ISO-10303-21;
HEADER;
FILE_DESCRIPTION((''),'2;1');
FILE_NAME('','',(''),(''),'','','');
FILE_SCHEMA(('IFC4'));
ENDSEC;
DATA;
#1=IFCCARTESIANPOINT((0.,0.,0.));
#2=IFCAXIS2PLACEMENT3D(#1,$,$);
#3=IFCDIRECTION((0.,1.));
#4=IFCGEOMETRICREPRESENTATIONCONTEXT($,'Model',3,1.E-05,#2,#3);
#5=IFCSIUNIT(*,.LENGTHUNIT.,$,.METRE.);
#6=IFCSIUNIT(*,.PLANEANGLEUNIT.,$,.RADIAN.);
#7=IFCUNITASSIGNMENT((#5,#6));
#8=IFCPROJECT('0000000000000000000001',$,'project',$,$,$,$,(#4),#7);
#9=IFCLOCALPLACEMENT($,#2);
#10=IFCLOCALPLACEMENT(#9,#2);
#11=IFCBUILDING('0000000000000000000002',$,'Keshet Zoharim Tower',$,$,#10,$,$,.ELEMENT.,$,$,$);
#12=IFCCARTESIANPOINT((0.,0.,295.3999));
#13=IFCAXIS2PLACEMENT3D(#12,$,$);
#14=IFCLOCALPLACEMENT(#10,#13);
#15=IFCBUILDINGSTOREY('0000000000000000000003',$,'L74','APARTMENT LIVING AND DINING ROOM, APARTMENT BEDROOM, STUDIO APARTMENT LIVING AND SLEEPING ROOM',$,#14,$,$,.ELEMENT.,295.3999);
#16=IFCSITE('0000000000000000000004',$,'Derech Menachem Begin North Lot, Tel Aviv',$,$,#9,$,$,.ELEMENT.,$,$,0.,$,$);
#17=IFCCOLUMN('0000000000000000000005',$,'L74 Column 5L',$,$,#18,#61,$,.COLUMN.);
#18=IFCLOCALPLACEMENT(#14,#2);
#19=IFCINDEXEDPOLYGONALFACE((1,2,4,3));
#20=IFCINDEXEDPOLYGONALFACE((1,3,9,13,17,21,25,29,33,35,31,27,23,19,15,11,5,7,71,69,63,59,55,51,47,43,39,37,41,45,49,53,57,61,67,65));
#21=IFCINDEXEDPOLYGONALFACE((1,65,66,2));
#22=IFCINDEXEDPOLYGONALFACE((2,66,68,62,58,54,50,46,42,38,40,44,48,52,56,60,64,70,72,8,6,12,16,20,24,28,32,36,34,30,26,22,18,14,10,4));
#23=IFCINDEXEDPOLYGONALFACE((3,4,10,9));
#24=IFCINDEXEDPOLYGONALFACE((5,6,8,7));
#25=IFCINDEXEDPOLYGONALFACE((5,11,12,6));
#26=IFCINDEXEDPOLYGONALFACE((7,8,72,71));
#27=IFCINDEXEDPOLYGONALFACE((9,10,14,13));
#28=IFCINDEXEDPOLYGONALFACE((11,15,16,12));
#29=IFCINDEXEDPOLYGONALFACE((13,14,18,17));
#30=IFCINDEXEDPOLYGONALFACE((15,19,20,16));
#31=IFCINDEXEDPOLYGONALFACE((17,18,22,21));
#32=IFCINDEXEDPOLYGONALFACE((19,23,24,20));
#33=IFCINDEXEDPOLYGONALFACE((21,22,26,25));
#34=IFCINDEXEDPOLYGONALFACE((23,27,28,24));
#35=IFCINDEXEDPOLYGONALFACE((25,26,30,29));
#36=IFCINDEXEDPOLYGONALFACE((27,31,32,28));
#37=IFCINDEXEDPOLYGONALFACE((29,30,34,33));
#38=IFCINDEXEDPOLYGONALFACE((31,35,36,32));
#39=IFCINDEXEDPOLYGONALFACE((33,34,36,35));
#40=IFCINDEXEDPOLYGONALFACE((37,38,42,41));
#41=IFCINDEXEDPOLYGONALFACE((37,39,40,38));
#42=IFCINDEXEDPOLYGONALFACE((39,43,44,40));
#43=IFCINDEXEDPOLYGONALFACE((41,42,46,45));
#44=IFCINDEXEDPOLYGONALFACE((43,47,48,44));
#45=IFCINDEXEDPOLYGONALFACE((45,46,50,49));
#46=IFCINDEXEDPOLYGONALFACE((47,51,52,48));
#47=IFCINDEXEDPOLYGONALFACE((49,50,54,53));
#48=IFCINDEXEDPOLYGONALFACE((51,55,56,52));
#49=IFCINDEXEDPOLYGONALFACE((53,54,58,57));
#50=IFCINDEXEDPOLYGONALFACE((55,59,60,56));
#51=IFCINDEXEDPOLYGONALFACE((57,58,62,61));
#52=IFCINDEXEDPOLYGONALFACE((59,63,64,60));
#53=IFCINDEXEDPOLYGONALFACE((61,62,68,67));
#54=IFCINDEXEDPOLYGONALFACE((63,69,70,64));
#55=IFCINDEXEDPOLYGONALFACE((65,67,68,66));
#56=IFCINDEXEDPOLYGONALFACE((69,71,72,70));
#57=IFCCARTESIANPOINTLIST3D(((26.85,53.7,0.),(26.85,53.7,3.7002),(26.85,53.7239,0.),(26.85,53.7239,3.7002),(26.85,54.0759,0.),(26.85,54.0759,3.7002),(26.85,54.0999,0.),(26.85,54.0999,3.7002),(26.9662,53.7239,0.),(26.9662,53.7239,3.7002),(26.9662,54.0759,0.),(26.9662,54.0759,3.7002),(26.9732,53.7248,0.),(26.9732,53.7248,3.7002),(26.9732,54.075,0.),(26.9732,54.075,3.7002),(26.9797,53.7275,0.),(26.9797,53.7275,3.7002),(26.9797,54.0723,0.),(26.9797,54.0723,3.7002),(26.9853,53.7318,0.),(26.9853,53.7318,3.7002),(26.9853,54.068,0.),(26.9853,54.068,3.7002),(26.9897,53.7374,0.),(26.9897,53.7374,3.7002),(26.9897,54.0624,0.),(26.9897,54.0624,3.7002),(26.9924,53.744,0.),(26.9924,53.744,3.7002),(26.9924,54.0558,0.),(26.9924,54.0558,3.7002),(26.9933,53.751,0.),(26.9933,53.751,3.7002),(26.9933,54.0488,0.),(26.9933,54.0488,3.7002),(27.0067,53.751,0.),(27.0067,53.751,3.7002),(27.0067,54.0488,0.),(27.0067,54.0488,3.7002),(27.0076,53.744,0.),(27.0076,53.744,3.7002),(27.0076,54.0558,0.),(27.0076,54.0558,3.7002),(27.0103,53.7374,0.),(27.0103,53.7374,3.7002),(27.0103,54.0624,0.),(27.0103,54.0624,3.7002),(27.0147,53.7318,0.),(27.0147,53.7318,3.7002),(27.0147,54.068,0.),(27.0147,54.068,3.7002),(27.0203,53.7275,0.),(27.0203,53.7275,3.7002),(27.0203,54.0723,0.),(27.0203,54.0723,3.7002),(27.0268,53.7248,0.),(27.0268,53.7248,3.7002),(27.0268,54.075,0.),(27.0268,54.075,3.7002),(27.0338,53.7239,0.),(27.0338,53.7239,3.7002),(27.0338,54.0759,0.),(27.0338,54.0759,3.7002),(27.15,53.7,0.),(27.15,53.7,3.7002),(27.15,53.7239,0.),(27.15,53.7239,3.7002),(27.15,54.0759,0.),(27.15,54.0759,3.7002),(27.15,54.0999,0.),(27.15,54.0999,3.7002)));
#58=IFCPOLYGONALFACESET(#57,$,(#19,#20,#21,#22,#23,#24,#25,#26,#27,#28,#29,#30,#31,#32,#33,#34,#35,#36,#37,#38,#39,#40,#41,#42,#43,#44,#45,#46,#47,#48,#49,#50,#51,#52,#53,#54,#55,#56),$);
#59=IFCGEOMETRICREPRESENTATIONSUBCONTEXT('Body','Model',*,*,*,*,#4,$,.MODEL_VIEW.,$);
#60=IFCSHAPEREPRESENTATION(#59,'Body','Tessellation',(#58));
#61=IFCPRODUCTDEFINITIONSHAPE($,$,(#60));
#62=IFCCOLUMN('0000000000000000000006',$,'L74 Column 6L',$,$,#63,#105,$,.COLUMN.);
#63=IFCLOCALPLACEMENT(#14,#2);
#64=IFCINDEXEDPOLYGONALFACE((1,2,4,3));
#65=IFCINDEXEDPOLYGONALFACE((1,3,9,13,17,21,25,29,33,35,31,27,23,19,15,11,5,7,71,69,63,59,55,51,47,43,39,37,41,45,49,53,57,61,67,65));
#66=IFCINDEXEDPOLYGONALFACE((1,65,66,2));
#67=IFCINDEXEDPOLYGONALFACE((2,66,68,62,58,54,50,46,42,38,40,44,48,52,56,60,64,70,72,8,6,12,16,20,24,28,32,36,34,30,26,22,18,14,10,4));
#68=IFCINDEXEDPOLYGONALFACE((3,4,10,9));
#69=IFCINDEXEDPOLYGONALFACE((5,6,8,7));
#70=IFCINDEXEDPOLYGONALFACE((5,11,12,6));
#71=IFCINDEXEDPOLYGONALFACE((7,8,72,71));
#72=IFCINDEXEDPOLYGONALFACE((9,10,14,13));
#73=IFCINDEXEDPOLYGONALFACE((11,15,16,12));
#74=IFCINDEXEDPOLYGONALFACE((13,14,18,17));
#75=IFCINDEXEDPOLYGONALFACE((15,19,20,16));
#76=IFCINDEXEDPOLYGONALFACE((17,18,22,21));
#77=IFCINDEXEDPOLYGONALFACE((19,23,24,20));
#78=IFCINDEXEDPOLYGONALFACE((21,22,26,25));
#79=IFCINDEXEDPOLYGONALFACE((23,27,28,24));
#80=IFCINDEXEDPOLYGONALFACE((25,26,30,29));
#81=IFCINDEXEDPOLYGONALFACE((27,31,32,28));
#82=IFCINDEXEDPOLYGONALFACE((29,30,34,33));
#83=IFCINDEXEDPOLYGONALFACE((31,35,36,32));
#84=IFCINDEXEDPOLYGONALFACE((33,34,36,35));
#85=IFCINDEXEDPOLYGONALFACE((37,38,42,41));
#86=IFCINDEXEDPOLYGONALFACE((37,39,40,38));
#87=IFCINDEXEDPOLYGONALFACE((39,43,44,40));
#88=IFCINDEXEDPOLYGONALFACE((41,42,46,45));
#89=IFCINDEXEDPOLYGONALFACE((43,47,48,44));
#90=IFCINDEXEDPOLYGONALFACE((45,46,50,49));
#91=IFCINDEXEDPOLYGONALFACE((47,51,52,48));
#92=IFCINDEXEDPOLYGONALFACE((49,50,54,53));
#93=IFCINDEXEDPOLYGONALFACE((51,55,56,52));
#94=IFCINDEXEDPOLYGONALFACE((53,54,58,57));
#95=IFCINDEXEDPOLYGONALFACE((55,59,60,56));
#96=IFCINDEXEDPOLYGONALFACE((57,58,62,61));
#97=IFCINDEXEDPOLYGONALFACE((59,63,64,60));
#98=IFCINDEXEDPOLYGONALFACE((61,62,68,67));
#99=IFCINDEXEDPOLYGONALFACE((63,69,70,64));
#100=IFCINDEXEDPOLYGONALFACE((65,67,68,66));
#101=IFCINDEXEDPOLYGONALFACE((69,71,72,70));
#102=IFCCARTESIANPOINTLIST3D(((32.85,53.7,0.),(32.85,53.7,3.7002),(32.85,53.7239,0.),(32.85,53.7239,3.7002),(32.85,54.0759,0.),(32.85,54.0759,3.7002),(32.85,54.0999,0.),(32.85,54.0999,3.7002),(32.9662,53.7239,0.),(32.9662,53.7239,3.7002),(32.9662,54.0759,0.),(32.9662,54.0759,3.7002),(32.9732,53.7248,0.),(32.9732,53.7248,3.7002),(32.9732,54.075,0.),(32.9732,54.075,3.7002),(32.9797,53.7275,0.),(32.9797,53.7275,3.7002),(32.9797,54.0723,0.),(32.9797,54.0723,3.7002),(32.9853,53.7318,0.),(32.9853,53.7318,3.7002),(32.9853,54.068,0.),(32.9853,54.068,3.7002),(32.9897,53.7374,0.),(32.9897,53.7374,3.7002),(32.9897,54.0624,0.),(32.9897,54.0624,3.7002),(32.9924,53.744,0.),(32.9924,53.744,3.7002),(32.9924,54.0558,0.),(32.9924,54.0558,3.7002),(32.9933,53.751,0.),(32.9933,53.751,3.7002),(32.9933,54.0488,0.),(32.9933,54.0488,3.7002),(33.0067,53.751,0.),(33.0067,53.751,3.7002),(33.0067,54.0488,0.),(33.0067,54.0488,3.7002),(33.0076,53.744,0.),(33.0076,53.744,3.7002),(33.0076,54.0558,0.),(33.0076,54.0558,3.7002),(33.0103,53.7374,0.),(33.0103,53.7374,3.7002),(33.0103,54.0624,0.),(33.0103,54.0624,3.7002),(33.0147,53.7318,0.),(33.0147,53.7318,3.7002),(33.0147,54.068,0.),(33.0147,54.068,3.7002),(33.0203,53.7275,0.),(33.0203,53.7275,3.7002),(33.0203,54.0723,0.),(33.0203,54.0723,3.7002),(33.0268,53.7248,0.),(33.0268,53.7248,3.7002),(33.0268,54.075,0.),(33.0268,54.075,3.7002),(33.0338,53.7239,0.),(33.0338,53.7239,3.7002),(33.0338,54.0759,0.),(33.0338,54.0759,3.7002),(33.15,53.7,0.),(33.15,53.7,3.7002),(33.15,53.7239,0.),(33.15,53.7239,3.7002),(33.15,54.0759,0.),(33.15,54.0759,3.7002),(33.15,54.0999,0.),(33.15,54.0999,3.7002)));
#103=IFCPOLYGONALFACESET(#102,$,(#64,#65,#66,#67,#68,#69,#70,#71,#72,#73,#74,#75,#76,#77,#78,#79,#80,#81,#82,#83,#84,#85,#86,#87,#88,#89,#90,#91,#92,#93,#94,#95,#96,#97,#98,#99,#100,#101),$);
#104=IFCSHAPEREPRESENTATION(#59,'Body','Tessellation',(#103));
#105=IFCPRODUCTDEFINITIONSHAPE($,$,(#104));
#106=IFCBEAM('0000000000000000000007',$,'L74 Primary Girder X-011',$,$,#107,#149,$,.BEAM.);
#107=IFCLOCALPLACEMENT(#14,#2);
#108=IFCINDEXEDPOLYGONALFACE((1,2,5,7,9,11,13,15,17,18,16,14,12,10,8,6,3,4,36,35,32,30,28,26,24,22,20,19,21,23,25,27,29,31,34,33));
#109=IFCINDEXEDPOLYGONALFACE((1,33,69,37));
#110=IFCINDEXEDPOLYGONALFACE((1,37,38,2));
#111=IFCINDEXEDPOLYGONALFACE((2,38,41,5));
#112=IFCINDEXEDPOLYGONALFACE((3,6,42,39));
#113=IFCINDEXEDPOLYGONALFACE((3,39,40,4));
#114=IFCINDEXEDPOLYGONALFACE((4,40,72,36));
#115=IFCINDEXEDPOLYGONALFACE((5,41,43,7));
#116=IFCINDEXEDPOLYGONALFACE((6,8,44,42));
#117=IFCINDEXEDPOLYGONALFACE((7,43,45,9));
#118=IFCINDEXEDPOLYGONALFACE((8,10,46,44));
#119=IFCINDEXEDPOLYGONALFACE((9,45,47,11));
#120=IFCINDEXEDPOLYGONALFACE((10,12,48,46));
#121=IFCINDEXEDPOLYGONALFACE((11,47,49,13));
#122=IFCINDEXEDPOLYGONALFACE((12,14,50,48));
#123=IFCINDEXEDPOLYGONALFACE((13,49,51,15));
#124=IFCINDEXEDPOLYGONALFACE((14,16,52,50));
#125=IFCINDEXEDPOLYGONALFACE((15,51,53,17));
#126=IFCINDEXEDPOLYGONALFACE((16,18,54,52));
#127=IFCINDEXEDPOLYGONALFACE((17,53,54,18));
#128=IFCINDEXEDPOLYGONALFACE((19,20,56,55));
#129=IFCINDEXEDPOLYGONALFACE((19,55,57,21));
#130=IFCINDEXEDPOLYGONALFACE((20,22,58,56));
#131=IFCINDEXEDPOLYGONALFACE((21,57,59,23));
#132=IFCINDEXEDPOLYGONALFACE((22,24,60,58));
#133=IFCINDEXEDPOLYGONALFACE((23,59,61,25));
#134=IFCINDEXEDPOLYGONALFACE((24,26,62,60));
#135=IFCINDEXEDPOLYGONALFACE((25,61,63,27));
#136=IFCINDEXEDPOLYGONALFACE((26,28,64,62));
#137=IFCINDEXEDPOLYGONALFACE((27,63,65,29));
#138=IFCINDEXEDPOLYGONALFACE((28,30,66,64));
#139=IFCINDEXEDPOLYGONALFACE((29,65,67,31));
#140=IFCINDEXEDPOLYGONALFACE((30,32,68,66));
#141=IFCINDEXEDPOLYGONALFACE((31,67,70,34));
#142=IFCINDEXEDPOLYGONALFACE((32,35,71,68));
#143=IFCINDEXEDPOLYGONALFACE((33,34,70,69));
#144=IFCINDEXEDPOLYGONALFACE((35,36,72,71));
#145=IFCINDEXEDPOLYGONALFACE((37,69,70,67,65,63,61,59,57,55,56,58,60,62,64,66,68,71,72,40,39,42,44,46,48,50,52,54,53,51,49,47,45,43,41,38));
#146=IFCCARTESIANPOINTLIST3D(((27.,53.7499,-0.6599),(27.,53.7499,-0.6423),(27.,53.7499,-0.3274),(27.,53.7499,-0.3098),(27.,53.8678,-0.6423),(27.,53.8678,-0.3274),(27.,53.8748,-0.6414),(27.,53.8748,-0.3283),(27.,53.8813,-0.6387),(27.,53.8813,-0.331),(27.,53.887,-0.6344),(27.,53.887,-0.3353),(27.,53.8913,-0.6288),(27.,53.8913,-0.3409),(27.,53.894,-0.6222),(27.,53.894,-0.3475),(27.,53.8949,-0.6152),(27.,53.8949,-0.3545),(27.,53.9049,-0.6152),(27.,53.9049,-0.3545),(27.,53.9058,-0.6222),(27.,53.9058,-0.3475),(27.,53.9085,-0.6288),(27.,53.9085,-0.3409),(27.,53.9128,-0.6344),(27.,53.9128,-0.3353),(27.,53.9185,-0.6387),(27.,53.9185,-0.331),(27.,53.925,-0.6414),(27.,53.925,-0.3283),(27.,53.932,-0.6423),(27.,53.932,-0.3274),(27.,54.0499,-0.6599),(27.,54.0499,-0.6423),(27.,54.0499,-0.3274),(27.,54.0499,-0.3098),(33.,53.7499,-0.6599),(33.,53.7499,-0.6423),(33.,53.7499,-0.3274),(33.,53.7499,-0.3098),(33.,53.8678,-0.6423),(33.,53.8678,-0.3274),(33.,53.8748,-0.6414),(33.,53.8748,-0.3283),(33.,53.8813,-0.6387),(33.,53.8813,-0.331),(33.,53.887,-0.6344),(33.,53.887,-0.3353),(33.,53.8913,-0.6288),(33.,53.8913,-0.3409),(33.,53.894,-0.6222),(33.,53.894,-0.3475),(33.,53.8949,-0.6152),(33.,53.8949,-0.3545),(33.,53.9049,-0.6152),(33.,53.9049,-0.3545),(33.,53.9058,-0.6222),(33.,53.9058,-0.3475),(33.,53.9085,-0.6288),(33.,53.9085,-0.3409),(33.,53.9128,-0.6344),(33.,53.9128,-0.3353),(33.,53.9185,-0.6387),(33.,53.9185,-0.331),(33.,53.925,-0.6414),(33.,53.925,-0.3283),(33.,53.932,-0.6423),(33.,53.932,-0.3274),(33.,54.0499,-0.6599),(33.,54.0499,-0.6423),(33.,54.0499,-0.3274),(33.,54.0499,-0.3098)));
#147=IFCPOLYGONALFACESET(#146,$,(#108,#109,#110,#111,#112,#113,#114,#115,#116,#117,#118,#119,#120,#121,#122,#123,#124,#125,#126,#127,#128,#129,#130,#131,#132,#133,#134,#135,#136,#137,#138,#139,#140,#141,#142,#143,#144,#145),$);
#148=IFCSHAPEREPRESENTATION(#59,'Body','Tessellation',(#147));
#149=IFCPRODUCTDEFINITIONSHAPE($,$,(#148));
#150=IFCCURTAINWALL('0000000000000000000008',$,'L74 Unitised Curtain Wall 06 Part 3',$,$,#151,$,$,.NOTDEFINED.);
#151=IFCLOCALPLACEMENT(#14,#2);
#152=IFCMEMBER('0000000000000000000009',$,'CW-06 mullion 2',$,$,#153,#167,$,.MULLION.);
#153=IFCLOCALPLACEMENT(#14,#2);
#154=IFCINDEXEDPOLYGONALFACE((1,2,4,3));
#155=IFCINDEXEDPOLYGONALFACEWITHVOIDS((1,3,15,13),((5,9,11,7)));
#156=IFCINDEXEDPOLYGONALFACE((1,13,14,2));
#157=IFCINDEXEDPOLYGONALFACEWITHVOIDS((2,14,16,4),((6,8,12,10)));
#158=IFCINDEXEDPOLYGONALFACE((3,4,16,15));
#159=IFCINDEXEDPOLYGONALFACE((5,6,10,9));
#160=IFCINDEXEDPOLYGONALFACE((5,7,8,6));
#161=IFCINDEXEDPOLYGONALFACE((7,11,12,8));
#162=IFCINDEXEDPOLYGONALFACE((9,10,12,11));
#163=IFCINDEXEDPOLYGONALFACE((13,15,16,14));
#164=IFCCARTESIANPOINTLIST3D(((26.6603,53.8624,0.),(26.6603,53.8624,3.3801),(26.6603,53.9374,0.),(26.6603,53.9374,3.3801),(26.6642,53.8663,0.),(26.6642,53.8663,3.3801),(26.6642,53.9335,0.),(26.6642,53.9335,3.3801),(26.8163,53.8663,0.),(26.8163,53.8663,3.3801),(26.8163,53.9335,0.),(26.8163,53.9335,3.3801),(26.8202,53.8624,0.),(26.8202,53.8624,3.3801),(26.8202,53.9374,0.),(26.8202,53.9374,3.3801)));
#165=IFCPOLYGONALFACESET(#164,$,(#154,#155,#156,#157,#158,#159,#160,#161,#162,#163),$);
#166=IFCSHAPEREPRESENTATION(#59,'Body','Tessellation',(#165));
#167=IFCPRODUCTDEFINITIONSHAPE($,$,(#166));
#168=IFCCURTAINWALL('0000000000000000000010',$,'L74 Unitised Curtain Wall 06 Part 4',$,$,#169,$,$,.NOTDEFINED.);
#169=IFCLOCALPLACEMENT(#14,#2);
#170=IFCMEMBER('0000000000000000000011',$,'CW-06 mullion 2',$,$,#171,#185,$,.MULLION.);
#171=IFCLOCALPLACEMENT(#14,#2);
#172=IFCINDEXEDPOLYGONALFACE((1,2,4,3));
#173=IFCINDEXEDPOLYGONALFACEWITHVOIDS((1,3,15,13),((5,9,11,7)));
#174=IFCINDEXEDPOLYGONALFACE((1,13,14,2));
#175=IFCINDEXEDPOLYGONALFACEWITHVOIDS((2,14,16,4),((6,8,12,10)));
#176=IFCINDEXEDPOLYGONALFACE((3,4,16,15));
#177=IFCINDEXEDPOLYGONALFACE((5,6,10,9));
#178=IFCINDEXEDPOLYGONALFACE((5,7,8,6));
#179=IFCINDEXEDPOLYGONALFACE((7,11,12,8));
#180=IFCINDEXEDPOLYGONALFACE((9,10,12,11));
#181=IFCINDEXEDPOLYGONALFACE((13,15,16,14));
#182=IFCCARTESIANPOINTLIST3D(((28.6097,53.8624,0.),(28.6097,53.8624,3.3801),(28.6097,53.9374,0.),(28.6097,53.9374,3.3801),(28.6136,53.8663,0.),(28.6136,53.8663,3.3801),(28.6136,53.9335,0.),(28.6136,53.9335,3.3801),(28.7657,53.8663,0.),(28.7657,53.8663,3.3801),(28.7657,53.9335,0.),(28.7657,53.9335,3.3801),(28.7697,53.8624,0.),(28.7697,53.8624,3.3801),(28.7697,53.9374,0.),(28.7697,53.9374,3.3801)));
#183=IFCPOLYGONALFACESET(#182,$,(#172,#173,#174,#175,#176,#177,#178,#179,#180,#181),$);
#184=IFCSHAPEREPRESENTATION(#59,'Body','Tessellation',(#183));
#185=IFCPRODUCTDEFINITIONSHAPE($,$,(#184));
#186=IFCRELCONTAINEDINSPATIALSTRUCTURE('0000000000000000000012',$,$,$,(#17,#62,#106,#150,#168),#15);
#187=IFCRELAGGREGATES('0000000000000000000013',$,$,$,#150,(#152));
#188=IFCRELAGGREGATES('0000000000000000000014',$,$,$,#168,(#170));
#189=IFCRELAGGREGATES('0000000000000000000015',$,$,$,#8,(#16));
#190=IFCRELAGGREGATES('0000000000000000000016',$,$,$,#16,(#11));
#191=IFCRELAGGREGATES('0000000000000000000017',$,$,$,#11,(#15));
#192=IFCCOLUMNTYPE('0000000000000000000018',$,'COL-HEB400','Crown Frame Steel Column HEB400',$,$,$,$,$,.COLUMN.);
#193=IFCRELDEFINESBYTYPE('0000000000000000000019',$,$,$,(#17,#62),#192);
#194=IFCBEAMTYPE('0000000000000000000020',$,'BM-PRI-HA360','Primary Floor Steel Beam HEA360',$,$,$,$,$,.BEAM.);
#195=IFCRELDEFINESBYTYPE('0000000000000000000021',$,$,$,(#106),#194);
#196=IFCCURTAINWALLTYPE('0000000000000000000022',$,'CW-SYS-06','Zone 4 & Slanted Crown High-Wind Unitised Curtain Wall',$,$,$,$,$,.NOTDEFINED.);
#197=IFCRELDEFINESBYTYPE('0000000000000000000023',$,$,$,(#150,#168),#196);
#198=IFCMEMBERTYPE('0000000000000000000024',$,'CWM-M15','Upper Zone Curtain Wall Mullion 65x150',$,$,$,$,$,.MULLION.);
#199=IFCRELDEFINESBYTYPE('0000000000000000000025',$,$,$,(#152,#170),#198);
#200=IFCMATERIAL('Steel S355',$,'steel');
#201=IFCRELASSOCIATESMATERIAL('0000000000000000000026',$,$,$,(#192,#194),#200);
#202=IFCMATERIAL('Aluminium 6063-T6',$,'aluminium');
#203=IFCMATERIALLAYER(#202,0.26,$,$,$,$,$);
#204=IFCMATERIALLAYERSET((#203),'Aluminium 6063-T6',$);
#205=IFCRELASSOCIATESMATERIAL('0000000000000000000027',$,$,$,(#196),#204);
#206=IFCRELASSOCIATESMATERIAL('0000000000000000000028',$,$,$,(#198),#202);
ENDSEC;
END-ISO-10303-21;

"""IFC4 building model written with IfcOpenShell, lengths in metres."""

from ifc_helpers import new_model, si_unit, direction, frame, origin, origin_2d, place, context, subcontext, project, spatial, hollow_rectangle, i_section, extrude, material, layer, layer_set, material_profile, profile_set, type_object, element, aggregate, save


model = new_model("IFC4")

# Units and contexts
model_context = context("Model", 3, precision=1e-05, world=origin(), true_north=direction((0.0, 1.0)))
body_context = subcontext(model_context, "Body", "Model", "MODEL_VIEW")
ifc_project = project(units=[si_unit("LENGTHUNIT", "METRE"), si_unit("PLANEANGLEUNIT", "RADIAN")], contexts=[model_context])

# Site, building, storey
site_placement = place(None, origin())
site = spatial("IfcSite", under=ifc_project, at=site_placement, Name="Derech Menachem Begin North Lot, Tel Aviv", CompositionType="ELEMENT", RefElevation=0.0)
building_placement = place(site_placement, origin())
building = spatial("IfcBuilding", under=site, at=building_placement, Name="Keshet Zoharim Tower", CompositionType="ELEMENT")
storey_placement = place(building_placement, frame((0.0, 0.0, 295.3999)))
storey = spatial("IfcBuildingStorey", under=building, at=storey_placement, Name="L74", Description="APARTMENT LIVING AND DINING ROOM, APARTMENT BEDROOM, STUDIO APARTMENT LIVING AND SLEEPING ROOM", CompositionType="ELEMENT", Elevation=295.3999)

# Columns
ifc_material_1 = material(Name="Steel S355", Category="steel")
ifc_material_profile_1 = material_profile(ifc_material_1, i_section(OverallWidth=0.3, OverallDepth=0.3999, WebThickness=0.0134, FlangeThickness=0.0239, FilletRadius=0.0271, at=origin_2d()), Name="HEB400")
ifc_profile_set_1 = profile_set([ifc_material_profile_1], Name="Steel S355")
column_type = type_object("IfcColumnType", Name="COL-HEB400", Description="Crown Frame Steel Column HEB400", PredefinedType="COLUMN", material=ifc_profile_set_1)
for number, where, z_axis, x_axis, name in (
    (1, (27.0, 53.8999, 0.0), (0.0, 0.0, 1.0), (1.0, 0.0, 0.0), "L74 Column 5L"),
    (2, (33.0, 53.8999, 0.0), (0.0, 0.0, 1.0), (1.0, 0.0, 0.0), "L74 Column 6L"),
):
    element("IfcColumn", number, at=place(storey_placement, frame(where, z_axis=z_axis, x_axis=x_axis)), inside=storey, type_object=column_type, Name=name, PredefinedType="COLUMN", context=body_context, shape_type="SweptSolid", body=[
        extrude(i_section(OverallWidth=0.3, OverallDepth=0.3999, WebThickness=0.0134, FlangeThickness=0.0239, FilletRadius=0.0271, at=origin_2d()), origin(), (0.0, 0.0, 1.0), 3.7002),
    ])

# Beam
ifc_material_profile_2 = material_profile(ifc_material_1, i_section(OverallWidth=0.3, OverallDepth=0.3501, WebThickness=0.01, FlangeThickness=0.0176, FilletRadius=0.0271, at=origin_2d()), Name="HEA360")
ifc_profile_set_2 = profile_set([ifc_material_profile_2], Name="Steel S355")
beam_type = type_object("IfcBeamType", Name="BM-PRI-HA360", Description="Primary Floor Steel Beam HEA360", PredefinedType="BEAM", material=ifc_profile_set_2)
beam_placement = place(storey_placement, frame((27.0, 53.8999, -0.4849), z_axis=(1.0, 0.0, 0.0), x_axis=(0.0, 1.0, 0.0)))
element("IfcBeam", 3, at=beam_placement, inside=storey, type_object=beam_type, Name="L74 Primary Girder X-011", PredefinedType="BEAM", context=body_context, shape_type="SweptSolid", body=[
    extrude(i_section(OverallWidth=0.3, OverallDepth=0.3501, WebThickness=0.01, FlangeThickness=0.0176, FilletRadius=0.0271, at=origin_2d()), origin(), (0.0, 0.0, 1.0), 6.0),
])

# Curtain wall, member
ifc_material_2 = material(Name="Aluminium 6063-T6", Category="aluminium")
ifc_layer_1 = layer(ifc_material_2, 0.26)
ifc_layer_set_1 = layer_set([ifc_layer_1], Name="Aluminium 6063-T6")
curtain_wall_type = type_object("IfcCurtainWallType", Name="CW-SYS-06", Description="Zone 4 & Slanted Crown High-Wind Unitised Curtain Wall", PredefinedType="NOTDEFINED", material=ifc_layer_set_1)
curtain_wall_1_placement = place(storey_placement, origin())
curtain_wall_1 = element("IfcCurtainWall", 4, at=curtain_wall_1_placement, inside=storey, type_object=curtain_wall_type, Name="L74 Unitised Curtain Wall 06 Part 3", PredefinedType="NOTDEFINED")
ifc_material_profile_3 = material_profile(ifc_material_2, hollow_rectangle(XDim=0.075, YDim=0.1599, WallThickness=0.0039, at=origin_2d()), Name="MUL-75x160")
ifc_profile_set_3 = profile_set([ifc_material_profile_3], Name="Aluminium 6063-T6")
member_type_1 = type_object("IfcMemberType", Name="CWM-M15", Description="Upper Zone Curtain Wall Mullion 65x150", PredefinedType="MULLION", material=ifc_profile_set_3)
member_1_placement = place(storey_placement, frame((26.7402, 53.8999, 0.0), z_axis=(0.0, 0.0, 1.0), x_axis=(0.0, 1.0, 0.0)))
member_1 = element("IfcMember", 5, at=member_1_placement, type_object=member_type_1, Name="CW-06 mullion 2", PredefinedType="MULLION", context=body_context, shape_type="SweptSolid", body=[
    extrude(hollow_rectangle(XDim=0.075, YDim=0.1599, WallThickness=0.0039, at=origin_2d()), origin(), (0.0, 0.0, 1.0), 3.3801),
])
aggregate(curtain_wall_1, [member_1])

# Curtain wall, member
curtain_wall_2_placement = place(storey_placement, origin())
curtain_wall_2 = element("IfcCurtainWall", 6, at=curtain_wall_2_placement, inside=storey, type_object=curtain_wall_type, Name="L74 Unitised Curtain Wall 06 Part 4", PredefinedType="NOTDEFINED")
member_2_placement = place(storey_placement, frame((28.6897, 53.8999, 0.0), z_axis=(0.0, 0.0, 1.0), x_axis=(0.0, 1.0, 0.0)))
member_2 = element("IfcMember", 7, at=member_2_placement, type_object=member_type_1, Name="CW-06 mullion 2", PredefinedType="MULLION", context=body_context, shape_type="SweptSolid", body=[
    extrude(hollow_rectangle(XDim=0.075, YDim=0.1599, WallThickness=0.0039, at=origin_2d()), origin(), (0.0, 0.0, 1.0), 3.3801),
])

aggregate(curtain_wall_2, [member_2])

save(model, "model.ifc")
